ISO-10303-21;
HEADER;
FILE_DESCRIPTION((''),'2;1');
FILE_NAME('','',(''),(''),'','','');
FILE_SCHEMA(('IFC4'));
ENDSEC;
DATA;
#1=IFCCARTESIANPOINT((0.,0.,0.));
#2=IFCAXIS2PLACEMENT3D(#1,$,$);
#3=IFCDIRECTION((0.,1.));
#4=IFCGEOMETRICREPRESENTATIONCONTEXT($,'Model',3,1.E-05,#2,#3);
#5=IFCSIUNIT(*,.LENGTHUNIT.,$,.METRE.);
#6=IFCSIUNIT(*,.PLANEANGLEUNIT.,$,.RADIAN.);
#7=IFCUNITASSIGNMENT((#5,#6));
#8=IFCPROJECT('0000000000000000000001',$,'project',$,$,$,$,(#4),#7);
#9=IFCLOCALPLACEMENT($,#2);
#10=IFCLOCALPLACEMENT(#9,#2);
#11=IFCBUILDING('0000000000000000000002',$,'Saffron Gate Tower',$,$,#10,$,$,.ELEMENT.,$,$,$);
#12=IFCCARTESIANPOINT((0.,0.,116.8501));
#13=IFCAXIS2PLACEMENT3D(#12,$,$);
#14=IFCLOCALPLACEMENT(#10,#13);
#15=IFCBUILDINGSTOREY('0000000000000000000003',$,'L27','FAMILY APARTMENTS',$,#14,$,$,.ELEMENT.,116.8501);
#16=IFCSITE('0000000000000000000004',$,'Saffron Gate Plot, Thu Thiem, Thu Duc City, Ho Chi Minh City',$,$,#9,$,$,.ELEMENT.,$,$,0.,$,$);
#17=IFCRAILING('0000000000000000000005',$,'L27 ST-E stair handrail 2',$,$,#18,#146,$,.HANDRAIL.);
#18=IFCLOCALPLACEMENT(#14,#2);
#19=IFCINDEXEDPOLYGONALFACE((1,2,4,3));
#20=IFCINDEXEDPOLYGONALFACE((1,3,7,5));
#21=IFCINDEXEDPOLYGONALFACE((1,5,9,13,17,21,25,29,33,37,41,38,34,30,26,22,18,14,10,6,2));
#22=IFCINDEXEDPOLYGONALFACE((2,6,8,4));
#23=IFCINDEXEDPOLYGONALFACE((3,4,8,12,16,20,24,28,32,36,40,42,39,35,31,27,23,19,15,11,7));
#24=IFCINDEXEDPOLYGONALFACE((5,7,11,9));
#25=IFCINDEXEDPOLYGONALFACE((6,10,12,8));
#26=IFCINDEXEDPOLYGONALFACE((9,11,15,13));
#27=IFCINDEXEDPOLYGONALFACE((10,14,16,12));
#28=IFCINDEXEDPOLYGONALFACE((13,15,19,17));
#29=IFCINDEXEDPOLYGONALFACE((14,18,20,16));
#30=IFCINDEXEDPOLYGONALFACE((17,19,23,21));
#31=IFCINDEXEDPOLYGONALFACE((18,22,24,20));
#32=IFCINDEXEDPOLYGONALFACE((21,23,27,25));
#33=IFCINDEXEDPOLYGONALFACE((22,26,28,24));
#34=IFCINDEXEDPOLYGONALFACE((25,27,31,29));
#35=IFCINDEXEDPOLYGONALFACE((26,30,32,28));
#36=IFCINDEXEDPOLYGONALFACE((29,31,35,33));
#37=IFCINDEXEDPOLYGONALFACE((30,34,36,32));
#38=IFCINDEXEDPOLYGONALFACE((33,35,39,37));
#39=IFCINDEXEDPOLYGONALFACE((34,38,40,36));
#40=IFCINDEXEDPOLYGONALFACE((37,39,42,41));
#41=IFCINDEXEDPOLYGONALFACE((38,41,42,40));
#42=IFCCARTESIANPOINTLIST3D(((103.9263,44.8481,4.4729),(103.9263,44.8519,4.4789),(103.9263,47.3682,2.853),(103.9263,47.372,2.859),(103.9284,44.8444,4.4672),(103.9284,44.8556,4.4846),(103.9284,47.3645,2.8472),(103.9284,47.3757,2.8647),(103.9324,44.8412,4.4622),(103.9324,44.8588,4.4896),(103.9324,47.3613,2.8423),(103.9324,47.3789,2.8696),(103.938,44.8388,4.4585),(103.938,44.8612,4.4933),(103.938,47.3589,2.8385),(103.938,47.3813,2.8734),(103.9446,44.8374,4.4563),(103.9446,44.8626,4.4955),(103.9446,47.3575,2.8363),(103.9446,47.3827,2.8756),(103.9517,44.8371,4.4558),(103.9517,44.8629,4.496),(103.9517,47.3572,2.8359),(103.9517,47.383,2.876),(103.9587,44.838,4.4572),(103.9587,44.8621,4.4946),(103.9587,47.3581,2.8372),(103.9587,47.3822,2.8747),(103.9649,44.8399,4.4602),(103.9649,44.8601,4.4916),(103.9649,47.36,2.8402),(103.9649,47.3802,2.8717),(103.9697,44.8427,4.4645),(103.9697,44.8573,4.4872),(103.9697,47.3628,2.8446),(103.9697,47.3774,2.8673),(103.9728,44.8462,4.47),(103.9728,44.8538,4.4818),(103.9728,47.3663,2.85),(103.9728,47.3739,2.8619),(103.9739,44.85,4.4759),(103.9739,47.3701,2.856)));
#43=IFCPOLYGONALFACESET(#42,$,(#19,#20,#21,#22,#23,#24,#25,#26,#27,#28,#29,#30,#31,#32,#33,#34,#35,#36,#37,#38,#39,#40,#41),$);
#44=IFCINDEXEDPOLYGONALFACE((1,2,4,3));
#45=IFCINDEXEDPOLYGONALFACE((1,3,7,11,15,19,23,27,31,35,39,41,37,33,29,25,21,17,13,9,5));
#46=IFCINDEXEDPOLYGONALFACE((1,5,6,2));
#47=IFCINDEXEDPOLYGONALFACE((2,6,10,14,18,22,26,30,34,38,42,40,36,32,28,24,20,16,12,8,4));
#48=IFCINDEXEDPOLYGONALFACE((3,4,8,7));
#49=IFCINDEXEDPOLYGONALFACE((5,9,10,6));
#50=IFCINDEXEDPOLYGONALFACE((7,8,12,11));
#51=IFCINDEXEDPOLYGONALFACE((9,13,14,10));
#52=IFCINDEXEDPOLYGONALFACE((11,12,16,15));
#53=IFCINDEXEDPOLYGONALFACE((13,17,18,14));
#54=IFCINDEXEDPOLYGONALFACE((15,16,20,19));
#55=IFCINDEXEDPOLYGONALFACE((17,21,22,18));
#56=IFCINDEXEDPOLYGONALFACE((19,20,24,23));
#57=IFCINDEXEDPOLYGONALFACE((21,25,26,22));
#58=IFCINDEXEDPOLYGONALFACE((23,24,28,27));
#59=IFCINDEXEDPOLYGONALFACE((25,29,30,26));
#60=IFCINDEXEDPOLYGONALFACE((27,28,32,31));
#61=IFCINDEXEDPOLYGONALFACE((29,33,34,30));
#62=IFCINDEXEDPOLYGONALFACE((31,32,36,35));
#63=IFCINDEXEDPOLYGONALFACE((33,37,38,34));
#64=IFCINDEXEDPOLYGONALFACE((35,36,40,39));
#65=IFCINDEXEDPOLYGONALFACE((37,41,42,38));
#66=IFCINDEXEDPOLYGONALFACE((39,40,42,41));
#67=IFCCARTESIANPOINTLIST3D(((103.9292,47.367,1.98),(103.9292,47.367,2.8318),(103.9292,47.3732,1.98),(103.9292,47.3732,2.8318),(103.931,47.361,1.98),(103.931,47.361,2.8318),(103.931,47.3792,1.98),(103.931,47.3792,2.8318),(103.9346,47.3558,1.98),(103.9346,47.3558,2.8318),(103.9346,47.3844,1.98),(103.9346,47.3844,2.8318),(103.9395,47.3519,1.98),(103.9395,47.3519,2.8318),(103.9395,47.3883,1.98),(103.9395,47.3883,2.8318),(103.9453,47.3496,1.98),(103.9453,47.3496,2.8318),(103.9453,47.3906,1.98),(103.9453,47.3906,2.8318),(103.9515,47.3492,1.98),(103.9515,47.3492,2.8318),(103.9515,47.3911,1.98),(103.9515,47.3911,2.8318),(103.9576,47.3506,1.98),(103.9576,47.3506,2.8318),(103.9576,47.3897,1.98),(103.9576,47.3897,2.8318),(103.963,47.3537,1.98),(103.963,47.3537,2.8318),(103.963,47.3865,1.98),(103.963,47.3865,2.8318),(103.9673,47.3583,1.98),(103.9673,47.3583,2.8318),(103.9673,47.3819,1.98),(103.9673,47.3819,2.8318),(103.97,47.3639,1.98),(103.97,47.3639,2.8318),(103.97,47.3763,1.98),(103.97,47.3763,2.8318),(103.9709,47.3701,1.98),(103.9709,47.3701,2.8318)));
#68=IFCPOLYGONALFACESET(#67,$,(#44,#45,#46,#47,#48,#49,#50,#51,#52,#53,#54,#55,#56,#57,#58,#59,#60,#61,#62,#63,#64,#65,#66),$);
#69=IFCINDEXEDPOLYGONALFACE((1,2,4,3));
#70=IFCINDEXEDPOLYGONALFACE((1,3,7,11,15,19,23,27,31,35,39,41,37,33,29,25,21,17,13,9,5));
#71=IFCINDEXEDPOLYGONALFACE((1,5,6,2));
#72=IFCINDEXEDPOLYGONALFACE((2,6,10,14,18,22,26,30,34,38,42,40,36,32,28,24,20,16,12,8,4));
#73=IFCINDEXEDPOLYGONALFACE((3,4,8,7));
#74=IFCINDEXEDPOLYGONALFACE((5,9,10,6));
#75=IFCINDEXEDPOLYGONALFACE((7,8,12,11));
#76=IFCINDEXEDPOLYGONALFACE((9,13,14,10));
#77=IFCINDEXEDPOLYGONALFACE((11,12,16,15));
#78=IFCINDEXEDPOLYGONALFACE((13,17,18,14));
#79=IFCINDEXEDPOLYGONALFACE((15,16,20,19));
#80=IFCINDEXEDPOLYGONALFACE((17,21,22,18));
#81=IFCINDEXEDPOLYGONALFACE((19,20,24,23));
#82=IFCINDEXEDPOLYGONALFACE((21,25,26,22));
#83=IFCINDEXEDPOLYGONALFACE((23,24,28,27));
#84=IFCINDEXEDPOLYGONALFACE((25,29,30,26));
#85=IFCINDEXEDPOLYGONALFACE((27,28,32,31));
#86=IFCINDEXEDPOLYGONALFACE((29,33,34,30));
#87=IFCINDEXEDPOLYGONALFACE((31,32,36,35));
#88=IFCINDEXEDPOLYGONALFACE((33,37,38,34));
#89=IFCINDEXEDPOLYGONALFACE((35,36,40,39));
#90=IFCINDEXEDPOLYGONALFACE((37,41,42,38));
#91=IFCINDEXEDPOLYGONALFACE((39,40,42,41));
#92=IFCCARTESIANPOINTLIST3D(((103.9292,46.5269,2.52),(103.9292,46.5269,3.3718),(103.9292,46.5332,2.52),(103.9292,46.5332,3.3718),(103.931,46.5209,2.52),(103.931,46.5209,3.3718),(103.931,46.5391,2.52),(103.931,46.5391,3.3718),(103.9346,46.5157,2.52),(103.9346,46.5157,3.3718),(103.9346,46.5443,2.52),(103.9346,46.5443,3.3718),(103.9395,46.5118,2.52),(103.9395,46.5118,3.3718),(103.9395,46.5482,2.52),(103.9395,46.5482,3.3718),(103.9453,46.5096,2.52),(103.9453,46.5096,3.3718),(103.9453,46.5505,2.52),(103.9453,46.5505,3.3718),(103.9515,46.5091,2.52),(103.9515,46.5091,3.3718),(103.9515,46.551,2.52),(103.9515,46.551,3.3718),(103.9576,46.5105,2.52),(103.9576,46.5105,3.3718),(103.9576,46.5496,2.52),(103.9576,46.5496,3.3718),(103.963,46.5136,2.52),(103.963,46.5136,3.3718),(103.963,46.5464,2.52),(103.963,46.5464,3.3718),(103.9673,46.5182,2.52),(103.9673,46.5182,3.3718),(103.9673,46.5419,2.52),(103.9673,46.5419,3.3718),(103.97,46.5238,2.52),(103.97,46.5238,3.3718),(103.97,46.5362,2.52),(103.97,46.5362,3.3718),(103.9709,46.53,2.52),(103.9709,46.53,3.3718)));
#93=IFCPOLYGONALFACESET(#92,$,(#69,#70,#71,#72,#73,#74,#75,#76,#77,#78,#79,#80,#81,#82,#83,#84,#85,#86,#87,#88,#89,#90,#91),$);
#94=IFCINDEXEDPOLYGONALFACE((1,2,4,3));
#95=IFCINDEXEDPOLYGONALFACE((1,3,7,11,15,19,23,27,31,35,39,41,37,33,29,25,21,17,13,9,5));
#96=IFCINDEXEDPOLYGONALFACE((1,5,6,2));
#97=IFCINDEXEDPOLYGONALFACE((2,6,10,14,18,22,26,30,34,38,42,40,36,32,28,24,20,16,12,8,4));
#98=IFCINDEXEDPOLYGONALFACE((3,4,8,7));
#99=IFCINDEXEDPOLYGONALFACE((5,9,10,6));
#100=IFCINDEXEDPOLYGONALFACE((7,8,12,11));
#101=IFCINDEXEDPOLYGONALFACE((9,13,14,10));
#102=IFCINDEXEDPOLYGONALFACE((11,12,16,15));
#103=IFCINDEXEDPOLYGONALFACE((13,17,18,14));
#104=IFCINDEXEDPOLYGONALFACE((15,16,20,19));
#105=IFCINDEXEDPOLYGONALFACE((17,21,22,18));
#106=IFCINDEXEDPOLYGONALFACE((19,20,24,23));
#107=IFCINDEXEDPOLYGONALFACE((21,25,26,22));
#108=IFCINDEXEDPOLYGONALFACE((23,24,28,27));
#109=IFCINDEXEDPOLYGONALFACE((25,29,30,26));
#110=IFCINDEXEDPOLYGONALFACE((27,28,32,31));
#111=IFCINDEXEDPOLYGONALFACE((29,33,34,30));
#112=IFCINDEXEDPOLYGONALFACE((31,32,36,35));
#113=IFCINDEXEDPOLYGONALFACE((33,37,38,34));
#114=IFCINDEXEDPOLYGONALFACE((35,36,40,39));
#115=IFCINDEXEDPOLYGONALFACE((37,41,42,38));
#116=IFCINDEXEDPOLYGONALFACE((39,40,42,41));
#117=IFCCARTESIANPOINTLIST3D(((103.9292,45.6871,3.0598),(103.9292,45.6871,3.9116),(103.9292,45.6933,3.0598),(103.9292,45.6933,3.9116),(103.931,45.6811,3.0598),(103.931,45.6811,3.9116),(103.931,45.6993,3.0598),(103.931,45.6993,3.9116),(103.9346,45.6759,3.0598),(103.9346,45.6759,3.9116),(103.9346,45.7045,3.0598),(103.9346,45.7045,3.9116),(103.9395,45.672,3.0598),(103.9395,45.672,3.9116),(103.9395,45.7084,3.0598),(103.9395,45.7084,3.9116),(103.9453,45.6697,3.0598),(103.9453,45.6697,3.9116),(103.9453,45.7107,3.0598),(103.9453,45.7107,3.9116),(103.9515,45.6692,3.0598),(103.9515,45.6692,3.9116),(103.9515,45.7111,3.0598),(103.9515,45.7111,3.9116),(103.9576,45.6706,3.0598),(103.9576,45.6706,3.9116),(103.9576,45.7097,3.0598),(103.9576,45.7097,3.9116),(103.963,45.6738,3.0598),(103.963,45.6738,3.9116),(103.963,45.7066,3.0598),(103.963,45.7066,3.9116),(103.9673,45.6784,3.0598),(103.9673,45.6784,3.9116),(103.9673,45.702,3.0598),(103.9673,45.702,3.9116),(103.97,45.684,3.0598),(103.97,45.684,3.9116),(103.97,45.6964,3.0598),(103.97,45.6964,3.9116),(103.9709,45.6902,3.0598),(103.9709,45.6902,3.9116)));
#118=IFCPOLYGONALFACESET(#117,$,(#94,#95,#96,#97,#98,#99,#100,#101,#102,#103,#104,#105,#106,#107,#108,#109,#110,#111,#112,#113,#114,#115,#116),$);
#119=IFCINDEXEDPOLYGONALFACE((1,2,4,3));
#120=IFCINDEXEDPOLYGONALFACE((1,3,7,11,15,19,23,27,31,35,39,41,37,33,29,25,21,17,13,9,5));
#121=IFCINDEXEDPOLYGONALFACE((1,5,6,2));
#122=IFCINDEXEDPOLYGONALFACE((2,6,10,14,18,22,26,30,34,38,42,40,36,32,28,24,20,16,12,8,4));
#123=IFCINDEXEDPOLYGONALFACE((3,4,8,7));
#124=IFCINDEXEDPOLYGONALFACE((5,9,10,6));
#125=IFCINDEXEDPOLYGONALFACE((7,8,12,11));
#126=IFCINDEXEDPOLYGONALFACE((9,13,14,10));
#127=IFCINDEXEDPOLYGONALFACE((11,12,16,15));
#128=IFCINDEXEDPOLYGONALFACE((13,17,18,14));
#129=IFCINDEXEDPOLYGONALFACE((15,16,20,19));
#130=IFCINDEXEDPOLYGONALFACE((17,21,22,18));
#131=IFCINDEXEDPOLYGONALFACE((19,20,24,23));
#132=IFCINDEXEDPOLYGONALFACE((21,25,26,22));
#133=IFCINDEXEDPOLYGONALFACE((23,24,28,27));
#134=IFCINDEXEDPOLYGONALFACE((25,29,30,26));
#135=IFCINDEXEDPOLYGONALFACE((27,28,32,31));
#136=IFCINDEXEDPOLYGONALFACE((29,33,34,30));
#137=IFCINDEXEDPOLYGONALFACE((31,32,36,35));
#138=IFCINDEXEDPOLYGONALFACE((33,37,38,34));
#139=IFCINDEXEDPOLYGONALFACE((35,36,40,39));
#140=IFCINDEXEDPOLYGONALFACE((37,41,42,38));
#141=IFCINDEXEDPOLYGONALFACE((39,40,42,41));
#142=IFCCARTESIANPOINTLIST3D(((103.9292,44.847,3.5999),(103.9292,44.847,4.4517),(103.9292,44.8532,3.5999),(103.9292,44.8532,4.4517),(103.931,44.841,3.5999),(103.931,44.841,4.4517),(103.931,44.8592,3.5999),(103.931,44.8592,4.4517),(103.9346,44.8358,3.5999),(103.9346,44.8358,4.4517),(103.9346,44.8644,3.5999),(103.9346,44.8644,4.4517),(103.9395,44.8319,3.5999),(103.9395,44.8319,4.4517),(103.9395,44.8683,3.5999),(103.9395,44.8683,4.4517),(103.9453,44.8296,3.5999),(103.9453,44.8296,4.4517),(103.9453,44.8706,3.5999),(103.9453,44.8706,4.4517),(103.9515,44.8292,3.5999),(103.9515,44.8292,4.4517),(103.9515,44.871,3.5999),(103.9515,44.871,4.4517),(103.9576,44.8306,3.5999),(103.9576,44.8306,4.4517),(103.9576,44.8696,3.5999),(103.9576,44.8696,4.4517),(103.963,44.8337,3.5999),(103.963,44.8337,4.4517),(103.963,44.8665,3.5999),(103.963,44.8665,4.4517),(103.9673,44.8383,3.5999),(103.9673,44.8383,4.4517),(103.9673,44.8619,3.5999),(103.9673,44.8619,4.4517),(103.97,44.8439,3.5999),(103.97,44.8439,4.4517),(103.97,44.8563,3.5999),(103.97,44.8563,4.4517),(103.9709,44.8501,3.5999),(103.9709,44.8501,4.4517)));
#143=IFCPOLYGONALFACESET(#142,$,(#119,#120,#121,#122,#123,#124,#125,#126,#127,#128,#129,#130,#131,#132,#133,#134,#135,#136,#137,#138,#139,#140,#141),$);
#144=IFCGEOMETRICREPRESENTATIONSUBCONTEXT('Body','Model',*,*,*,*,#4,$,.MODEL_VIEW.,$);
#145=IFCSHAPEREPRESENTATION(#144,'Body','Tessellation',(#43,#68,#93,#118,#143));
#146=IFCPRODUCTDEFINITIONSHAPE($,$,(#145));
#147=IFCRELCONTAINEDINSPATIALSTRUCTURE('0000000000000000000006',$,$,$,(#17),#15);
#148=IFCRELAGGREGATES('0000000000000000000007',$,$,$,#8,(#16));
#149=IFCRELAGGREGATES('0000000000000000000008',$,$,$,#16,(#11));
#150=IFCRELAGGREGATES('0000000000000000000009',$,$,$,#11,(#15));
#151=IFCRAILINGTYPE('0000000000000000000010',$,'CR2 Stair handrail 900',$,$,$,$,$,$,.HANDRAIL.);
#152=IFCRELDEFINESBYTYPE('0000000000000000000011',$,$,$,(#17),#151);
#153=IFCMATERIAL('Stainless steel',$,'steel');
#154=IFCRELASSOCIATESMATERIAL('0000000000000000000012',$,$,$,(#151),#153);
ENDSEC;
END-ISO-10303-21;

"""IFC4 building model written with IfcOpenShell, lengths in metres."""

from ifc_helpers import new_model, si_unit, direction, frame, origin, origin_2d, place, context, subcontext, project, spatial, circle, extrude, material, type_object, element, save


model = new_model("IFC4")

# Units and contexts
model_context = context("Model", 3, precision=1e-05, world=origin(), true_north=direction((0.0, 1.0)))
body_context = subcontext(model_context, "Body", "Model", "MODEL_VIEW")
ifc_project = project(units=[si_unit("LENGTHUNIT", "METRE"), si_unit("PLANEANGLEUNIT", "RADIAN")], contexts=[model_context])

# Site, building, storey
site_placement = place(None, origin())
site = spatial("IfcSite", under=ifc_project, at=site_placement, Name="Saffron Gate Plot, Thu Thiem, Thu Duc City, Ho Chi Minh City", CompositionType="ELEMENT", RefElevation=0.0)
building_placement = place(site_placement, origin())
building = spatial("IfcBuilding", under=site, at=building_placement, Name="Saffron Gate Tower", CompositionType="ELEMENT")
storey_placement = place(building_placement, frame((0.0, 0.0, 116.8501)))
storey = spatial("IfcBuildingStorey", under=building, at=storey_placement, Name="L27", Description="FAMILY APARTMENTS", CompositionType="ELEMENT", Elevation=116.8501)

# Railing
ifc_material_1 = material(Name="Stainless steel", Category="steel")
railing_type_1 = type_object("IfcRailingType", Name="CR2 Stair handrail 900", PredefinedType="HANDRAIL", material=ifc_material_1)
railing_1_placement = place(storey_placement, frame((103.95, 47.3701, 1.98)))
element("IfcRailing", 1, at=railing_1_placement, inside=storey, type_object=railing_type_1, Name="L27 ST-E stair handrail 2", PredefinedType="HANDRAIL", context=body_context, shape_type="SweptSolid", body=[
    extrude(circle(Radius=0.0239, at=origin_2d()), frame((0.0, 0.0, 0.876), z_axis=(0.0, -0.8412, 0.540725), x_axis=(1.0, 0.0, 0.0)), (0.0, 0.0, 1.0), 2.9958),
    extrude(circle(Radius=0.021, at=origin_2d()), origin(), (0.0, 0.0, 1.0), 0.8518),
    extrude(circle(Radius=0.021, at=origin_2d()), frame((0.0, -0.8401, 0.54)), (0.0, 0.0, 1.0), 0.8518),
    extrude(circle(Radius=0.021, at=origin_2d()), frame((0.0, -1.6799, 1.0798)), (0.0, 0.0, 1.0), 0.8518),
    extrude(circle(Radius=0.021, at=origin_2d()), frame((0.0, -2.52, 1.6199)), (0.0, 0.0, 1.0), 0.8518),
])

save(model, "model.ifc")
